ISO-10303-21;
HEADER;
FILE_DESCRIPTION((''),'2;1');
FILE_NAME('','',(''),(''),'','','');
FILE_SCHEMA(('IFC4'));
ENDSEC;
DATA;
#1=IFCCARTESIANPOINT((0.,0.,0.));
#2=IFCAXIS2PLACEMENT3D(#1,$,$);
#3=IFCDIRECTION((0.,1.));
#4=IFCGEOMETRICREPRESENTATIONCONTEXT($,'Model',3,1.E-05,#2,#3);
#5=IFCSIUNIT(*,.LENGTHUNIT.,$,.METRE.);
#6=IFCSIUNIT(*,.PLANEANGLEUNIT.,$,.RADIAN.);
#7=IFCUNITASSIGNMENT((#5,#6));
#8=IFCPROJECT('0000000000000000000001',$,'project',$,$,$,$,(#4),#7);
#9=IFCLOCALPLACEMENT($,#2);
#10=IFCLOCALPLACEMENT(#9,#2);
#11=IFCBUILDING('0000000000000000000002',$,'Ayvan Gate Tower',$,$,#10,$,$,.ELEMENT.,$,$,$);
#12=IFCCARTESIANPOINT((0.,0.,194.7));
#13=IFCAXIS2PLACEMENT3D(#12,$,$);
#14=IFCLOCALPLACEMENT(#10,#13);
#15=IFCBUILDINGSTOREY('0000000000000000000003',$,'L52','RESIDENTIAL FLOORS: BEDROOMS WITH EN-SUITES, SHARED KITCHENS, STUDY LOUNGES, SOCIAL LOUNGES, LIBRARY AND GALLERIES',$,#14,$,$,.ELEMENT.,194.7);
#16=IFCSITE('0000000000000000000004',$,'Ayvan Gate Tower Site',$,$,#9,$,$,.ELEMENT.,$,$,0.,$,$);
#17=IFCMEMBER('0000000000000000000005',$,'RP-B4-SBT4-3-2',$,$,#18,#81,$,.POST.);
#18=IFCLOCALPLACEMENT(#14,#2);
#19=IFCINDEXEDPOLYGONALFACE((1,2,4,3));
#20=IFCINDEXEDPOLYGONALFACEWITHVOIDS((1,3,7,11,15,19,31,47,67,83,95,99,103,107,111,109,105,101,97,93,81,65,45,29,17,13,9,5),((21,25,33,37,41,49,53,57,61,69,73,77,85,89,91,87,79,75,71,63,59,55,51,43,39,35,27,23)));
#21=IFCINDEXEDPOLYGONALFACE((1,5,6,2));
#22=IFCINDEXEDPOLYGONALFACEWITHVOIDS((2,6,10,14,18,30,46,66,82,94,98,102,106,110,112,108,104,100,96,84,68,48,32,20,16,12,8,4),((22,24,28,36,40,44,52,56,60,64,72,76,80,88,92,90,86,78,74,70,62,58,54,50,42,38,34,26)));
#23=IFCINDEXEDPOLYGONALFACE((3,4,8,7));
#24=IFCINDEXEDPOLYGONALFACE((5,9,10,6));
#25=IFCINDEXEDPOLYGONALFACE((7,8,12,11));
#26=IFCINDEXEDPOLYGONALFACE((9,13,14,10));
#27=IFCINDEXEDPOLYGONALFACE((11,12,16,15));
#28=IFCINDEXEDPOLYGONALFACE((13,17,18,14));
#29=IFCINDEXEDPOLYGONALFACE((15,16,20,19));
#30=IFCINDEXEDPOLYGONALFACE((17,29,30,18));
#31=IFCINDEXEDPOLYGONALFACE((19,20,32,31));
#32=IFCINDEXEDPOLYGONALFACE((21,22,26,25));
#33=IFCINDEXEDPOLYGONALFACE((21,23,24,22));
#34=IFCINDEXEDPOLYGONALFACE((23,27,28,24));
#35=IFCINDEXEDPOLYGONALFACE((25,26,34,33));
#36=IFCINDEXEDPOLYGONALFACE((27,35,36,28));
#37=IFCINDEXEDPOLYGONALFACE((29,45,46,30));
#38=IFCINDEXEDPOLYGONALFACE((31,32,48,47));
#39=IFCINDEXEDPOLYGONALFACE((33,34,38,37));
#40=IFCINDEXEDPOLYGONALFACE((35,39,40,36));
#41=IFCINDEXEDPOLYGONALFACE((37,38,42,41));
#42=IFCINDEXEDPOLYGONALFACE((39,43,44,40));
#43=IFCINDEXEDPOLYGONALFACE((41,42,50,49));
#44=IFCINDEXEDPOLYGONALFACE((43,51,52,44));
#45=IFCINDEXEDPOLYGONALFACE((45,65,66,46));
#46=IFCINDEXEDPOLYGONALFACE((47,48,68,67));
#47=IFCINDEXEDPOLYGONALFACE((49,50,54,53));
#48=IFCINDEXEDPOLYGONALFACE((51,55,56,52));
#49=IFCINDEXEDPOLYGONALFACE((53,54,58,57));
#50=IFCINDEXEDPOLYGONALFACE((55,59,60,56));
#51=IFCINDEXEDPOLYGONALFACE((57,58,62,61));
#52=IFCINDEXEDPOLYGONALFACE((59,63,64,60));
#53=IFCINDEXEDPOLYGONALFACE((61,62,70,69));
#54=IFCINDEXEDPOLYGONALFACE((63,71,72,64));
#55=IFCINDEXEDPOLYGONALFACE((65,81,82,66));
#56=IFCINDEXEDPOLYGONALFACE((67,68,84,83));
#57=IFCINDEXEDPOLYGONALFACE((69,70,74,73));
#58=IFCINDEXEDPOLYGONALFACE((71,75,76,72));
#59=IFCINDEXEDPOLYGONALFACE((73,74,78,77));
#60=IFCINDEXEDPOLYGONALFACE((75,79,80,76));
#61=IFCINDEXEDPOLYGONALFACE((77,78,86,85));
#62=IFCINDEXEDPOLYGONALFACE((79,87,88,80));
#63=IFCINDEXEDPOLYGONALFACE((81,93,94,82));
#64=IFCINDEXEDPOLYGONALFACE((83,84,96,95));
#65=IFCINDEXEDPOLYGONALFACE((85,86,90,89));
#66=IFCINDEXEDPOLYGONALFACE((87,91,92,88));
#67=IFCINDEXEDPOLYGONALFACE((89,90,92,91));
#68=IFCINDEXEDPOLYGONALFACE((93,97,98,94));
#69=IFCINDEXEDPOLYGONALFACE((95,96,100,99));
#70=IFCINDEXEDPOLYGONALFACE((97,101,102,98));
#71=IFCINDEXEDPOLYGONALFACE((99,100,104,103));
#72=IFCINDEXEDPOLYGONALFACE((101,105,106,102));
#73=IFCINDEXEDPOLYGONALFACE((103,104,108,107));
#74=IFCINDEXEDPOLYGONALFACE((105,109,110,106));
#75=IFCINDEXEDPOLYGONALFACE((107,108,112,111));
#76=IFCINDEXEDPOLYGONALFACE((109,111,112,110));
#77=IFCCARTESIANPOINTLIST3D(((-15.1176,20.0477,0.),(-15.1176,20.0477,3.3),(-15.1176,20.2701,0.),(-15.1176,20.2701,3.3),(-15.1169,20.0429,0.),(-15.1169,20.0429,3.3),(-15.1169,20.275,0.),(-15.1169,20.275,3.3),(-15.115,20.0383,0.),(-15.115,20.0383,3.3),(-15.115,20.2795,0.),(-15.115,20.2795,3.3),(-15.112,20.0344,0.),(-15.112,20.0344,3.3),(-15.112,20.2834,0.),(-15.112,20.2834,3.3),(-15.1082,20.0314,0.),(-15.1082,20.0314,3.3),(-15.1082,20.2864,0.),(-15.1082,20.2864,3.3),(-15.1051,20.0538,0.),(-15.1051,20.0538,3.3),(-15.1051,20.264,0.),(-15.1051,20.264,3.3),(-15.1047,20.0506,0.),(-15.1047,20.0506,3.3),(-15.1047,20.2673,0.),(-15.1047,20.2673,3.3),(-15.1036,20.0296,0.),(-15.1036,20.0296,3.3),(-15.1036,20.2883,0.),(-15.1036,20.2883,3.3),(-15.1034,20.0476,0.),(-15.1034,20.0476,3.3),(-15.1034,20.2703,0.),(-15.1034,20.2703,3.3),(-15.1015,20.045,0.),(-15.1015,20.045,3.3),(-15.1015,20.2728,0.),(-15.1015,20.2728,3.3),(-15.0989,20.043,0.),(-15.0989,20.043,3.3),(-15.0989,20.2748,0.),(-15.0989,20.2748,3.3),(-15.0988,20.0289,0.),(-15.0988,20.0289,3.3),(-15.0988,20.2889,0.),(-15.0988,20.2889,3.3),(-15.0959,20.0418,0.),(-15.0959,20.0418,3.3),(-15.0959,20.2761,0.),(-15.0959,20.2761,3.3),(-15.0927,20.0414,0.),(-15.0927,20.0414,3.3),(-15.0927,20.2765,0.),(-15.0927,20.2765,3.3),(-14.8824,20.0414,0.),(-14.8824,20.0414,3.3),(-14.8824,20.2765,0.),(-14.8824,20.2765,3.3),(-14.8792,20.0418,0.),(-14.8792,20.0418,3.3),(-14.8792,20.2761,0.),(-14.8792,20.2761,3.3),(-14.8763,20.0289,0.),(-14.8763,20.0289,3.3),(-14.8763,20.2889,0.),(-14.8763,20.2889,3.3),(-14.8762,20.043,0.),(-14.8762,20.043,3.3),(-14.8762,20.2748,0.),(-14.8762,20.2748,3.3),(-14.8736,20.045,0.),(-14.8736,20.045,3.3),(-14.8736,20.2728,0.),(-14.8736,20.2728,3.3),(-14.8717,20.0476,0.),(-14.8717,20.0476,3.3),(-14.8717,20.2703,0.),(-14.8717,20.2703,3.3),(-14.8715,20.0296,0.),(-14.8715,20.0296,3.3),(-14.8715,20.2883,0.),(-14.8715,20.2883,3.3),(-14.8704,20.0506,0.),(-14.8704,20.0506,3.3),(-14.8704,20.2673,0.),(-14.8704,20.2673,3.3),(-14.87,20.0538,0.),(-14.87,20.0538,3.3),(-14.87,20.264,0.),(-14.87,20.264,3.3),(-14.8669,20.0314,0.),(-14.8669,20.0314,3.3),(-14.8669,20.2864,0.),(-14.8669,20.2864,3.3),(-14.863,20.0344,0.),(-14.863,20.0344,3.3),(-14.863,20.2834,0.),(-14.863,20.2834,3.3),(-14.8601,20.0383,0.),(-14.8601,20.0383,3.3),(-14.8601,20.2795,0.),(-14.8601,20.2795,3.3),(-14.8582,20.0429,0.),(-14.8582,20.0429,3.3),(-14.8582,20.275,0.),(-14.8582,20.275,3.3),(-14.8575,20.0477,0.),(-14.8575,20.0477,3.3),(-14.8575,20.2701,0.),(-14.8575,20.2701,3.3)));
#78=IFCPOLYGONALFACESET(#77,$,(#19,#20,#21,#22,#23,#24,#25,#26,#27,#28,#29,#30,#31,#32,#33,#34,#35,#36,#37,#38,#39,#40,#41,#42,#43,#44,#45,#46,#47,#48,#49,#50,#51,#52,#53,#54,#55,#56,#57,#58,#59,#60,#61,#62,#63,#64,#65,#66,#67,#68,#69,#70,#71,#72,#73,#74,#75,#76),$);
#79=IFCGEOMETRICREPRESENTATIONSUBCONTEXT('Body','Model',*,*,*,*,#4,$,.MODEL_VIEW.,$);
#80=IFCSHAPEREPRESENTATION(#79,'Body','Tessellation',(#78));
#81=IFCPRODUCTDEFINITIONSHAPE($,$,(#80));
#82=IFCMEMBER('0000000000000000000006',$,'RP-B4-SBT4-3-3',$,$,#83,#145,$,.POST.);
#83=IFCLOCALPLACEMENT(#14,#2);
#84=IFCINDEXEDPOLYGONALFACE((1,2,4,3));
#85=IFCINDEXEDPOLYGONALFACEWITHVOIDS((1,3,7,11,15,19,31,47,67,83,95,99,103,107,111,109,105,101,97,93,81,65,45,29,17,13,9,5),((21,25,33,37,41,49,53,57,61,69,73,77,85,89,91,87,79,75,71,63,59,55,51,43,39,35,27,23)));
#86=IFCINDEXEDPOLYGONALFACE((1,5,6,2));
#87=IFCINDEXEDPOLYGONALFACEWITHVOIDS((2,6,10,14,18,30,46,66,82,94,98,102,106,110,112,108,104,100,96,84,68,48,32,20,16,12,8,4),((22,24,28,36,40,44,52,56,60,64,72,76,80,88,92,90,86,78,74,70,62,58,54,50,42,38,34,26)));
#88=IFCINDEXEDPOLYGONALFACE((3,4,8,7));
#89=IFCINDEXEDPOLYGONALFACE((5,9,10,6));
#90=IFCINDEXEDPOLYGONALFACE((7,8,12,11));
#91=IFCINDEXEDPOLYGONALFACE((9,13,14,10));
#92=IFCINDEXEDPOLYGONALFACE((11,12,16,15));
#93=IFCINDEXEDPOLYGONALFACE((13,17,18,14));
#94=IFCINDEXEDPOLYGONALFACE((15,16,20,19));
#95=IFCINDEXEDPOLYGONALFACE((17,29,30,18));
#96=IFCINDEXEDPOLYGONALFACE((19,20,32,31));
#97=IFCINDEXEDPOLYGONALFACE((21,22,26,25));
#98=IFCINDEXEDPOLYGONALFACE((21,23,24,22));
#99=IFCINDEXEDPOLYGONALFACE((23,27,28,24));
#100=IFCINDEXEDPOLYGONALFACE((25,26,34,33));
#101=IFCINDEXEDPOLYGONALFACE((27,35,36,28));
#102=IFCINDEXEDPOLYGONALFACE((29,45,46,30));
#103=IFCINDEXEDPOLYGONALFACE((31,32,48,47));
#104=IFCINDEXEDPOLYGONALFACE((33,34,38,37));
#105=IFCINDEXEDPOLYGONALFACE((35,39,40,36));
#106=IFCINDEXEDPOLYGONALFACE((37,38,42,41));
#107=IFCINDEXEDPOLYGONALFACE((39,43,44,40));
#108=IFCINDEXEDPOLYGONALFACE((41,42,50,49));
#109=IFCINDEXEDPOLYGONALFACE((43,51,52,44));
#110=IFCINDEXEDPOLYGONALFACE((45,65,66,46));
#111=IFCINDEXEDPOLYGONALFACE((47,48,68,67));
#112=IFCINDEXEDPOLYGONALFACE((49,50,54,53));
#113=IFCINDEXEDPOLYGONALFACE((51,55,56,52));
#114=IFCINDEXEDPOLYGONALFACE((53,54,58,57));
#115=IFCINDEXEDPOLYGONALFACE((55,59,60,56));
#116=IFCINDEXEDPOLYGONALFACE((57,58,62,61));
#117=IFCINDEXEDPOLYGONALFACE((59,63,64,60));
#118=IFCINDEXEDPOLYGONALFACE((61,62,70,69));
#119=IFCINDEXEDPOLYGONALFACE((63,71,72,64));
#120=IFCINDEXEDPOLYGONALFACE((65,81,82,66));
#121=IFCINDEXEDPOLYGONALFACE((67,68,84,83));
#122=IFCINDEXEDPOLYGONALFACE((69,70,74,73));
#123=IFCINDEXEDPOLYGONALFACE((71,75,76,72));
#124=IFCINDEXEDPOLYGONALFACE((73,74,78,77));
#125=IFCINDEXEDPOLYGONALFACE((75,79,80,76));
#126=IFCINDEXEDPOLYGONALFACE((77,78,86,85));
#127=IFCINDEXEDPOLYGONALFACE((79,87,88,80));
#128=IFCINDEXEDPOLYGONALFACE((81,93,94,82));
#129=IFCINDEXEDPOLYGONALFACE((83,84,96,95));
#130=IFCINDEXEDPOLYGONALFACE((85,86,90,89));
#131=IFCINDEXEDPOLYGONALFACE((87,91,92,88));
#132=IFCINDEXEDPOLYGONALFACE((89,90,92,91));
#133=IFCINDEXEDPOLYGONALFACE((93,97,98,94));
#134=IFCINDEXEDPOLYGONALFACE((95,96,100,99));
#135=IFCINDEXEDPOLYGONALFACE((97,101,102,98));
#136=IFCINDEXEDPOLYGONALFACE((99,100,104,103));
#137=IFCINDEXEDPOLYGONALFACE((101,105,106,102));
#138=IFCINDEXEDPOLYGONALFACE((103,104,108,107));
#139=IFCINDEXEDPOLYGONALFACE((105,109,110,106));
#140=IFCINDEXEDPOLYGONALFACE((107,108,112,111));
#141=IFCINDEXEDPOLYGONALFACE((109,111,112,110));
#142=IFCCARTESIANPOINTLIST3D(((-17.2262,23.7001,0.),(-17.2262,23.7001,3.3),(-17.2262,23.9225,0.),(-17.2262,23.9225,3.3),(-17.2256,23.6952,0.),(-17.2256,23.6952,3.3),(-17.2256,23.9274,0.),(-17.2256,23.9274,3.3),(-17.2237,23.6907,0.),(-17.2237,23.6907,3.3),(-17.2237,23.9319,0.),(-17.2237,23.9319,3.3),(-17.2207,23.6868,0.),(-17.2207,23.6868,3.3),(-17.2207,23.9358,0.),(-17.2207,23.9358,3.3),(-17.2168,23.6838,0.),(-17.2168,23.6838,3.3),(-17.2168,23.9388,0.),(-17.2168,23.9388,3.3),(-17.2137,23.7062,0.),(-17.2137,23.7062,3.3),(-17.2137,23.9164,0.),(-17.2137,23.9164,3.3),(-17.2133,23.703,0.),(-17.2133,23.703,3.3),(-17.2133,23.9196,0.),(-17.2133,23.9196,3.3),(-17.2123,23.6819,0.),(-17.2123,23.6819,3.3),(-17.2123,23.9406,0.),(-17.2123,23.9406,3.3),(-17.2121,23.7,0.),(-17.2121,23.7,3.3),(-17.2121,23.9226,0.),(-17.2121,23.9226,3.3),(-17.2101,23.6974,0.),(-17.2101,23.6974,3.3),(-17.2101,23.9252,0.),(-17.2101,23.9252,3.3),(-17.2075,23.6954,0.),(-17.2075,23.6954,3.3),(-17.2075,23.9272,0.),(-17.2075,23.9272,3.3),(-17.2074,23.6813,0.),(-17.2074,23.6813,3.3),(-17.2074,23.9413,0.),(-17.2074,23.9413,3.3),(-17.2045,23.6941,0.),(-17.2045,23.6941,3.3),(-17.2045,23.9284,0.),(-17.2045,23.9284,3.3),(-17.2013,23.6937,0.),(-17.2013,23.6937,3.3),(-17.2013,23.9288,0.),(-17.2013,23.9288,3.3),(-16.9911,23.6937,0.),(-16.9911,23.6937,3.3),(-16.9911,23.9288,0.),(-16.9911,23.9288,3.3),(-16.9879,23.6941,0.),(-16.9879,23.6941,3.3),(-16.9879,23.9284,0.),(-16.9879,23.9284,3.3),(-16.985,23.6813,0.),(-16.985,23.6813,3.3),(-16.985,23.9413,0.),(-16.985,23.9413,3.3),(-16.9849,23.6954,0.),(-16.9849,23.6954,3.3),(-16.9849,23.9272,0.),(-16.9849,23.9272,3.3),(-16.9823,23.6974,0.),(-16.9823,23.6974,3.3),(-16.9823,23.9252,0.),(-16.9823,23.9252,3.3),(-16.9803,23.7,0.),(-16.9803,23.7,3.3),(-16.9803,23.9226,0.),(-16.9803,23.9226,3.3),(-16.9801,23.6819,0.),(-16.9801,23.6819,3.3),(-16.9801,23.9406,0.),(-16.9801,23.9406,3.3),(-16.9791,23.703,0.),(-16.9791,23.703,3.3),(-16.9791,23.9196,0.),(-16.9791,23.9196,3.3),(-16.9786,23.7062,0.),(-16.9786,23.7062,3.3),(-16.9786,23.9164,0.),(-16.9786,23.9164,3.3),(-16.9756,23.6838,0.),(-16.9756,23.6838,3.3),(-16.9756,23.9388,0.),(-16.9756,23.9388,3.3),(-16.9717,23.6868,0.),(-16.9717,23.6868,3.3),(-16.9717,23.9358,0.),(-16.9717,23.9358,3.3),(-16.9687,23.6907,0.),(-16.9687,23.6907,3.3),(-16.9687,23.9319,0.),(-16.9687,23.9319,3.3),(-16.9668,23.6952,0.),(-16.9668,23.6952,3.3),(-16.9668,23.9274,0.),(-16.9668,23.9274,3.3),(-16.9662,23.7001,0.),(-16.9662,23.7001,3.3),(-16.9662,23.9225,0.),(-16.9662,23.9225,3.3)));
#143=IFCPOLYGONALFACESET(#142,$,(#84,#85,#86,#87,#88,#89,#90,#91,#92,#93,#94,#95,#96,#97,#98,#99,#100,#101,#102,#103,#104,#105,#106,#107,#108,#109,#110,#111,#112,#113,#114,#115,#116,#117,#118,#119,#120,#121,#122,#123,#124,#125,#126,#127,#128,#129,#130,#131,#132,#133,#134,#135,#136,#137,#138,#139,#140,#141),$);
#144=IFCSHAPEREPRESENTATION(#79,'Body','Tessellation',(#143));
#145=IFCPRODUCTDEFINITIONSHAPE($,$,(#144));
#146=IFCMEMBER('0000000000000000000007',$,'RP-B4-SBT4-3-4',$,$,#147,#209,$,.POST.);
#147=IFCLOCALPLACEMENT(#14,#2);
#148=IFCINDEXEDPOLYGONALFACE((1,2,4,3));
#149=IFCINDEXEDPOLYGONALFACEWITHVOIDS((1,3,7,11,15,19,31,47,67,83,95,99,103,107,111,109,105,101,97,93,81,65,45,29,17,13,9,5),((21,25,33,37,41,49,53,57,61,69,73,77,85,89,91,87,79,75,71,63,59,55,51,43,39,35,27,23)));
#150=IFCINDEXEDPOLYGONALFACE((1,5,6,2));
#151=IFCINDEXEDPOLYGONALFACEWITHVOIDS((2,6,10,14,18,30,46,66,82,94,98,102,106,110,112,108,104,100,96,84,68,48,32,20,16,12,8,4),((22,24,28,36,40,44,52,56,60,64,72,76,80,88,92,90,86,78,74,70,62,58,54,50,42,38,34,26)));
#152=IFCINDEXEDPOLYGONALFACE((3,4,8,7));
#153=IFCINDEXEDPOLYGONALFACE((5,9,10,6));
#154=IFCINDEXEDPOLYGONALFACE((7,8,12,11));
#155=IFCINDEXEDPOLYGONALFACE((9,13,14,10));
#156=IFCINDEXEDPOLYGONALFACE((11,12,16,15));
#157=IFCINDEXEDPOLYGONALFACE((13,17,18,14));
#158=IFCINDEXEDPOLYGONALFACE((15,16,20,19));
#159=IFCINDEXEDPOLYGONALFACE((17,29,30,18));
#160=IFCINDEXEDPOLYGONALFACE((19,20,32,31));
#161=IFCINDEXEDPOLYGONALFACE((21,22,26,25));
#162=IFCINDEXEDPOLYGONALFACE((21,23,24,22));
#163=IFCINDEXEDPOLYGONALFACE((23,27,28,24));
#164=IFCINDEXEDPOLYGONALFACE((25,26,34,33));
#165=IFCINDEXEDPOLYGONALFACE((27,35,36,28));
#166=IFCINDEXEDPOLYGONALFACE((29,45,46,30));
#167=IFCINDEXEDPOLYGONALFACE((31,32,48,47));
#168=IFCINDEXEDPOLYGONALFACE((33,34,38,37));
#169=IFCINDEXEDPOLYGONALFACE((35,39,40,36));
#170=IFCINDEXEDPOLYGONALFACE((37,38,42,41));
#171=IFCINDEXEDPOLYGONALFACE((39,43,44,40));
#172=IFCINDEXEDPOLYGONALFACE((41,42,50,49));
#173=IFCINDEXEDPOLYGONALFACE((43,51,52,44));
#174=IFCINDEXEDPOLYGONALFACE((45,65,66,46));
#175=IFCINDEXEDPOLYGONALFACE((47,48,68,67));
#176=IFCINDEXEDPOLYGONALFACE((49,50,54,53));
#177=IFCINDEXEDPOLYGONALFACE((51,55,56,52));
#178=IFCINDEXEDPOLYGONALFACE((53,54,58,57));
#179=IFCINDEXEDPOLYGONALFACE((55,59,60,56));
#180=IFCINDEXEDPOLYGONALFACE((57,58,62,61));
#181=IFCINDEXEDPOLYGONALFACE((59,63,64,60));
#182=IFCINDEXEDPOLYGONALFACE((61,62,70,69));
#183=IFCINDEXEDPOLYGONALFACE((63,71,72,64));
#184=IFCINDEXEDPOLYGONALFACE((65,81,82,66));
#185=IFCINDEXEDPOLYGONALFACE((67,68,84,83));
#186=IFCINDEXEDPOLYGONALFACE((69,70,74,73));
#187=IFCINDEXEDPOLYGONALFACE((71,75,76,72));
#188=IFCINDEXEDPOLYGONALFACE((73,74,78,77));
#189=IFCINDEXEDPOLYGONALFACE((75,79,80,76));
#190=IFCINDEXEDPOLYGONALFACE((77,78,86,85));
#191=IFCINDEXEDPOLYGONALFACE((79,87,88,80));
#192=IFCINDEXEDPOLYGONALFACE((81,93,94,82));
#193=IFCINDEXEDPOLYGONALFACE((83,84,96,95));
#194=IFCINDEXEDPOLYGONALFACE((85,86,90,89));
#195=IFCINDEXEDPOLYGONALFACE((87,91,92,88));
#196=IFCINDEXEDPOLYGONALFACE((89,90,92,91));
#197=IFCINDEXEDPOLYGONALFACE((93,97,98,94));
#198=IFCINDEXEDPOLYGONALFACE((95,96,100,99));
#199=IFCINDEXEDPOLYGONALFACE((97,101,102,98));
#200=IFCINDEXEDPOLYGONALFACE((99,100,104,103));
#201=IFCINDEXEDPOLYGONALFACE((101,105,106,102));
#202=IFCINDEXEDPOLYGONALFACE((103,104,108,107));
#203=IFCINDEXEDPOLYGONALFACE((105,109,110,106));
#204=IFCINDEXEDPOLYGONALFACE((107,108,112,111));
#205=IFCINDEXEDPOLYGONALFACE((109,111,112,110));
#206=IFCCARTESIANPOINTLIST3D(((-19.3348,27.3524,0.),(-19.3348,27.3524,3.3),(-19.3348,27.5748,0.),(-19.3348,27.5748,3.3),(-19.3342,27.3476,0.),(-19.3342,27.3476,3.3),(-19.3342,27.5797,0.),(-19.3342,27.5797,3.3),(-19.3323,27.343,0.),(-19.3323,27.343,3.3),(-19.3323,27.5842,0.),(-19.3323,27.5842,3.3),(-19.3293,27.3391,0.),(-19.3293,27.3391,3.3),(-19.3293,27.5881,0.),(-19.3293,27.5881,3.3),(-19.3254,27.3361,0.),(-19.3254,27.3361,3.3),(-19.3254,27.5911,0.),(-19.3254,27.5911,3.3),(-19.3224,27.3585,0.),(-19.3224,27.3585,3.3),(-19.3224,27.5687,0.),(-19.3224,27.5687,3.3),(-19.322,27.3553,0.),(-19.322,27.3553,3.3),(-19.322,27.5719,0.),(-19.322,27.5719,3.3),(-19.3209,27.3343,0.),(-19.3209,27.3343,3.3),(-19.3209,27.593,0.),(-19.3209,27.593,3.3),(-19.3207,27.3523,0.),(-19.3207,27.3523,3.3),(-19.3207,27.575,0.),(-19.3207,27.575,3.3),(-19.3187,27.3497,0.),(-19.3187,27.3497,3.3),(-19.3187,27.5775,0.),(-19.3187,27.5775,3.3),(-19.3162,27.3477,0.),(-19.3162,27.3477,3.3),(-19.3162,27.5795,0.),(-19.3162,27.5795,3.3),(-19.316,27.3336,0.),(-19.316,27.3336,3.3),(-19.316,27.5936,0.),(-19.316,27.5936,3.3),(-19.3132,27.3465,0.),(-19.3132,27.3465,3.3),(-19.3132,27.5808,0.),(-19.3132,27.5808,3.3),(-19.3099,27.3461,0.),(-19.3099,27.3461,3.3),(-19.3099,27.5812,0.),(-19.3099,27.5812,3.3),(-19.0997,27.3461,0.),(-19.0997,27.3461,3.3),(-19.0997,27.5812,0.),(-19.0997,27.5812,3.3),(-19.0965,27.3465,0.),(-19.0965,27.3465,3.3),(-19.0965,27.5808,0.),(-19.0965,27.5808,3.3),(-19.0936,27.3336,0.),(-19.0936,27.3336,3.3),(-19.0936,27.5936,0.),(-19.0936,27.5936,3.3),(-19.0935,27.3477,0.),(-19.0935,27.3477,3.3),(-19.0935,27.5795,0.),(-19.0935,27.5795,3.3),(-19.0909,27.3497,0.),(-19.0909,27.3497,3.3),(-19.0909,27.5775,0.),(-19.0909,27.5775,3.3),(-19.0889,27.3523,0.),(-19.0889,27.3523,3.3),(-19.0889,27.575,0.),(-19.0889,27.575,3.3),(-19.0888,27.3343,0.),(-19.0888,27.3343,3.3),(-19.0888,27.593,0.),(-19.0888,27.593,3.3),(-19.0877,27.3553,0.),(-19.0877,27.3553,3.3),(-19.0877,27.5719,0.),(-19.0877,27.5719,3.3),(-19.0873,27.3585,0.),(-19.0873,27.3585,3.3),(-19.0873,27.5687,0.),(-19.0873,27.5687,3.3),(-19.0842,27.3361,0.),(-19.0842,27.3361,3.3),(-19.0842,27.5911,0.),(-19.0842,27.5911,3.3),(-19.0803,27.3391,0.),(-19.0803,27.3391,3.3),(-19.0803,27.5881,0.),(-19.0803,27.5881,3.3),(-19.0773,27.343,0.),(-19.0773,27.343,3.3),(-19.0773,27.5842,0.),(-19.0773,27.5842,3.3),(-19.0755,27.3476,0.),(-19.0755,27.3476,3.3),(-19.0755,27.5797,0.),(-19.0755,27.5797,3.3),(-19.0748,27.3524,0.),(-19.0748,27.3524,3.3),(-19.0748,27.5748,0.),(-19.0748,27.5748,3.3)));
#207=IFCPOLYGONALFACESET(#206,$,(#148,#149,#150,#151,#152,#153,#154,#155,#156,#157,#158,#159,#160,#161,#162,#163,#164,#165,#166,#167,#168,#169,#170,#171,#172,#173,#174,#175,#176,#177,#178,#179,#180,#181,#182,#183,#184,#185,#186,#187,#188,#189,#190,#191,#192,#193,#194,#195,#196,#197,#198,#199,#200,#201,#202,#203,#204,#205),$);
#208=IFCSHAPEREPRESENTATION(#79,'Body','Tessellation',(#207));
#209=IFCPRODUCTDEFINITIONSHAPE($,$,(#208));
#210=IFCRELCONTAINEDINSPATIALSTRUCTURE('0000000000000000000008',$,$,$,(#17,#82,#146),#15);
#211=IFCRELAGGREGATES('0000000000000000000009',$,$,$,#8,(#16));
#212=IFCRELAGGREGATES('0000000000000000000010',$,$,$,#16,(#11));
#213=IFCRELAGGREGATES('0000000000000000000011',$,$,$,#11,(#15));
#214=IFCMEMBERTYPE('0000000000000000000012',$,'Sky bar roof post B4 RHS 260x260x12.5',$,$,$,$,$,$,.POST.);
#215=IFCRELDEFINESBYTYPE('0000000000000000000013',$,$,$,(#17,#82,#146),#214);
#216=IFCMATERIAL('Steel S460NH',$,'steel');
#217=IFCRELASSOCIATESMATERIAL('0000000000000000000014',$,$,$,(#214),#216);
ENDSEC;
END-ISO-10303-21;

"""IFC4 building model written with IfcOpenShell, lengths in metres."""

from ifc_helpers import new_model, si_unit, direction, frame, origin, origin_2d, place, context, subcontext, project, spatial, hollow_rectangle, extrude, material, material_profile, profile_set, type_object, element, save


model = new_model("IFC4")

# Units and contexts
model_context = context("Model", 3, precision=1e-05, world=origin(), true_north=direction((0.0, 1.0)))
body_context = subcontext(model_context, "Body", "Model", "MODEL_VIEW")
ifc_project = project(units=[si_unit("LENGTHUNIT", "METRE"), si_unit("PLANEANGLEUNIT", "RADIAN")], contexts=[model_context])

# Site, building, storey
site_placement = place(None, origin())
site = spatial("IfcSite", under=ifc_project, at=site_placement, Name="Ayvan Gate Tower Site", CompositionType="ELEMENT", RefElevation=0.0)
building_placement = place(site_placement, origin())
building = spatial("IfcBuilding", under=site, at=building_placement, Name="Ayvan Gate Tower", CompositionType="ELEMENT")
storey_placement = place(building_placement, frame((0.0, 0.0, 194.7)))
storey = spatial("IfcBuildingStorey", under=building, at=storey_placement, Name="L52", Description="RESIDENTIAL FLOORS: BEDROOMS WITH EN-SUITES, SHARED KITCHENS, STUDY LOUNGES, SOCIAL LOUNGES, LIBRARY AND GALLERIES", CompositionType="ELEMENT", Elevation=194.7)

# Members
ifc_material_1 = material(Name="Steel S460NH", Category="steel")
ifc_material_profile_1 = material_profile(ifc_material_1, hollow_rectangle(XDim=0.26, YDim=0.26, WallThickness=0.0125, InnerFilletRadius=0.0125, OuterFilletRadius=0.0188, at=origin_2d()), Name="RHS 260x260x12.5")
ifc_profile_set_1 = profile_set([ifc_material_profile_1], Name="Steel S460NH")
member_type_1 = type_object("IfcMemberType", Name="Sky bar roof post B4 RHS 260x260x12.5", PredefinedType="POST", material=ifc_profile_set_1)
for number, where, z_axis, x_axis, name in (
    (1, (-14.9875, 20.1589, 0.0), (0.0, 0.0, 1.0), (1.0, 0.0, 0.0), "RP-B4-SBT4-3-2"),
    (2, (-17.0962, 23.8113, 0.0), (0.0, 0.0, 1.0), (1.0, 0.0, 0.0), "RP-B4-SBT4-3-3"),
    (3, (-19.2048, 27.4636, 0.0), (0.0, 0.0, 1.0), (1.0, 0.0, 0.0), "RP-B4-SBT4-3-4"),
):
    element("IfcMember", number, at=place(storey_placement, frame(where, z_axis=z_axis, x_axis=x_axis)), inside=storey, type_object=member_type_1, Name=name, PredefinedType="POST", context=body_context, shape_type="SweptSolid", body=[
        extrude(hollow_rectangle(XDim=0.26, YDim=0.26, WallThickness=0.0125, InnerFilletRadius=0.0125, OuterFilletRadius=0.0188, at=origin_2d()), origin(), (0.0, 0.0, 1.0), 3.3),
    ])

save(model, "model.ifc")
